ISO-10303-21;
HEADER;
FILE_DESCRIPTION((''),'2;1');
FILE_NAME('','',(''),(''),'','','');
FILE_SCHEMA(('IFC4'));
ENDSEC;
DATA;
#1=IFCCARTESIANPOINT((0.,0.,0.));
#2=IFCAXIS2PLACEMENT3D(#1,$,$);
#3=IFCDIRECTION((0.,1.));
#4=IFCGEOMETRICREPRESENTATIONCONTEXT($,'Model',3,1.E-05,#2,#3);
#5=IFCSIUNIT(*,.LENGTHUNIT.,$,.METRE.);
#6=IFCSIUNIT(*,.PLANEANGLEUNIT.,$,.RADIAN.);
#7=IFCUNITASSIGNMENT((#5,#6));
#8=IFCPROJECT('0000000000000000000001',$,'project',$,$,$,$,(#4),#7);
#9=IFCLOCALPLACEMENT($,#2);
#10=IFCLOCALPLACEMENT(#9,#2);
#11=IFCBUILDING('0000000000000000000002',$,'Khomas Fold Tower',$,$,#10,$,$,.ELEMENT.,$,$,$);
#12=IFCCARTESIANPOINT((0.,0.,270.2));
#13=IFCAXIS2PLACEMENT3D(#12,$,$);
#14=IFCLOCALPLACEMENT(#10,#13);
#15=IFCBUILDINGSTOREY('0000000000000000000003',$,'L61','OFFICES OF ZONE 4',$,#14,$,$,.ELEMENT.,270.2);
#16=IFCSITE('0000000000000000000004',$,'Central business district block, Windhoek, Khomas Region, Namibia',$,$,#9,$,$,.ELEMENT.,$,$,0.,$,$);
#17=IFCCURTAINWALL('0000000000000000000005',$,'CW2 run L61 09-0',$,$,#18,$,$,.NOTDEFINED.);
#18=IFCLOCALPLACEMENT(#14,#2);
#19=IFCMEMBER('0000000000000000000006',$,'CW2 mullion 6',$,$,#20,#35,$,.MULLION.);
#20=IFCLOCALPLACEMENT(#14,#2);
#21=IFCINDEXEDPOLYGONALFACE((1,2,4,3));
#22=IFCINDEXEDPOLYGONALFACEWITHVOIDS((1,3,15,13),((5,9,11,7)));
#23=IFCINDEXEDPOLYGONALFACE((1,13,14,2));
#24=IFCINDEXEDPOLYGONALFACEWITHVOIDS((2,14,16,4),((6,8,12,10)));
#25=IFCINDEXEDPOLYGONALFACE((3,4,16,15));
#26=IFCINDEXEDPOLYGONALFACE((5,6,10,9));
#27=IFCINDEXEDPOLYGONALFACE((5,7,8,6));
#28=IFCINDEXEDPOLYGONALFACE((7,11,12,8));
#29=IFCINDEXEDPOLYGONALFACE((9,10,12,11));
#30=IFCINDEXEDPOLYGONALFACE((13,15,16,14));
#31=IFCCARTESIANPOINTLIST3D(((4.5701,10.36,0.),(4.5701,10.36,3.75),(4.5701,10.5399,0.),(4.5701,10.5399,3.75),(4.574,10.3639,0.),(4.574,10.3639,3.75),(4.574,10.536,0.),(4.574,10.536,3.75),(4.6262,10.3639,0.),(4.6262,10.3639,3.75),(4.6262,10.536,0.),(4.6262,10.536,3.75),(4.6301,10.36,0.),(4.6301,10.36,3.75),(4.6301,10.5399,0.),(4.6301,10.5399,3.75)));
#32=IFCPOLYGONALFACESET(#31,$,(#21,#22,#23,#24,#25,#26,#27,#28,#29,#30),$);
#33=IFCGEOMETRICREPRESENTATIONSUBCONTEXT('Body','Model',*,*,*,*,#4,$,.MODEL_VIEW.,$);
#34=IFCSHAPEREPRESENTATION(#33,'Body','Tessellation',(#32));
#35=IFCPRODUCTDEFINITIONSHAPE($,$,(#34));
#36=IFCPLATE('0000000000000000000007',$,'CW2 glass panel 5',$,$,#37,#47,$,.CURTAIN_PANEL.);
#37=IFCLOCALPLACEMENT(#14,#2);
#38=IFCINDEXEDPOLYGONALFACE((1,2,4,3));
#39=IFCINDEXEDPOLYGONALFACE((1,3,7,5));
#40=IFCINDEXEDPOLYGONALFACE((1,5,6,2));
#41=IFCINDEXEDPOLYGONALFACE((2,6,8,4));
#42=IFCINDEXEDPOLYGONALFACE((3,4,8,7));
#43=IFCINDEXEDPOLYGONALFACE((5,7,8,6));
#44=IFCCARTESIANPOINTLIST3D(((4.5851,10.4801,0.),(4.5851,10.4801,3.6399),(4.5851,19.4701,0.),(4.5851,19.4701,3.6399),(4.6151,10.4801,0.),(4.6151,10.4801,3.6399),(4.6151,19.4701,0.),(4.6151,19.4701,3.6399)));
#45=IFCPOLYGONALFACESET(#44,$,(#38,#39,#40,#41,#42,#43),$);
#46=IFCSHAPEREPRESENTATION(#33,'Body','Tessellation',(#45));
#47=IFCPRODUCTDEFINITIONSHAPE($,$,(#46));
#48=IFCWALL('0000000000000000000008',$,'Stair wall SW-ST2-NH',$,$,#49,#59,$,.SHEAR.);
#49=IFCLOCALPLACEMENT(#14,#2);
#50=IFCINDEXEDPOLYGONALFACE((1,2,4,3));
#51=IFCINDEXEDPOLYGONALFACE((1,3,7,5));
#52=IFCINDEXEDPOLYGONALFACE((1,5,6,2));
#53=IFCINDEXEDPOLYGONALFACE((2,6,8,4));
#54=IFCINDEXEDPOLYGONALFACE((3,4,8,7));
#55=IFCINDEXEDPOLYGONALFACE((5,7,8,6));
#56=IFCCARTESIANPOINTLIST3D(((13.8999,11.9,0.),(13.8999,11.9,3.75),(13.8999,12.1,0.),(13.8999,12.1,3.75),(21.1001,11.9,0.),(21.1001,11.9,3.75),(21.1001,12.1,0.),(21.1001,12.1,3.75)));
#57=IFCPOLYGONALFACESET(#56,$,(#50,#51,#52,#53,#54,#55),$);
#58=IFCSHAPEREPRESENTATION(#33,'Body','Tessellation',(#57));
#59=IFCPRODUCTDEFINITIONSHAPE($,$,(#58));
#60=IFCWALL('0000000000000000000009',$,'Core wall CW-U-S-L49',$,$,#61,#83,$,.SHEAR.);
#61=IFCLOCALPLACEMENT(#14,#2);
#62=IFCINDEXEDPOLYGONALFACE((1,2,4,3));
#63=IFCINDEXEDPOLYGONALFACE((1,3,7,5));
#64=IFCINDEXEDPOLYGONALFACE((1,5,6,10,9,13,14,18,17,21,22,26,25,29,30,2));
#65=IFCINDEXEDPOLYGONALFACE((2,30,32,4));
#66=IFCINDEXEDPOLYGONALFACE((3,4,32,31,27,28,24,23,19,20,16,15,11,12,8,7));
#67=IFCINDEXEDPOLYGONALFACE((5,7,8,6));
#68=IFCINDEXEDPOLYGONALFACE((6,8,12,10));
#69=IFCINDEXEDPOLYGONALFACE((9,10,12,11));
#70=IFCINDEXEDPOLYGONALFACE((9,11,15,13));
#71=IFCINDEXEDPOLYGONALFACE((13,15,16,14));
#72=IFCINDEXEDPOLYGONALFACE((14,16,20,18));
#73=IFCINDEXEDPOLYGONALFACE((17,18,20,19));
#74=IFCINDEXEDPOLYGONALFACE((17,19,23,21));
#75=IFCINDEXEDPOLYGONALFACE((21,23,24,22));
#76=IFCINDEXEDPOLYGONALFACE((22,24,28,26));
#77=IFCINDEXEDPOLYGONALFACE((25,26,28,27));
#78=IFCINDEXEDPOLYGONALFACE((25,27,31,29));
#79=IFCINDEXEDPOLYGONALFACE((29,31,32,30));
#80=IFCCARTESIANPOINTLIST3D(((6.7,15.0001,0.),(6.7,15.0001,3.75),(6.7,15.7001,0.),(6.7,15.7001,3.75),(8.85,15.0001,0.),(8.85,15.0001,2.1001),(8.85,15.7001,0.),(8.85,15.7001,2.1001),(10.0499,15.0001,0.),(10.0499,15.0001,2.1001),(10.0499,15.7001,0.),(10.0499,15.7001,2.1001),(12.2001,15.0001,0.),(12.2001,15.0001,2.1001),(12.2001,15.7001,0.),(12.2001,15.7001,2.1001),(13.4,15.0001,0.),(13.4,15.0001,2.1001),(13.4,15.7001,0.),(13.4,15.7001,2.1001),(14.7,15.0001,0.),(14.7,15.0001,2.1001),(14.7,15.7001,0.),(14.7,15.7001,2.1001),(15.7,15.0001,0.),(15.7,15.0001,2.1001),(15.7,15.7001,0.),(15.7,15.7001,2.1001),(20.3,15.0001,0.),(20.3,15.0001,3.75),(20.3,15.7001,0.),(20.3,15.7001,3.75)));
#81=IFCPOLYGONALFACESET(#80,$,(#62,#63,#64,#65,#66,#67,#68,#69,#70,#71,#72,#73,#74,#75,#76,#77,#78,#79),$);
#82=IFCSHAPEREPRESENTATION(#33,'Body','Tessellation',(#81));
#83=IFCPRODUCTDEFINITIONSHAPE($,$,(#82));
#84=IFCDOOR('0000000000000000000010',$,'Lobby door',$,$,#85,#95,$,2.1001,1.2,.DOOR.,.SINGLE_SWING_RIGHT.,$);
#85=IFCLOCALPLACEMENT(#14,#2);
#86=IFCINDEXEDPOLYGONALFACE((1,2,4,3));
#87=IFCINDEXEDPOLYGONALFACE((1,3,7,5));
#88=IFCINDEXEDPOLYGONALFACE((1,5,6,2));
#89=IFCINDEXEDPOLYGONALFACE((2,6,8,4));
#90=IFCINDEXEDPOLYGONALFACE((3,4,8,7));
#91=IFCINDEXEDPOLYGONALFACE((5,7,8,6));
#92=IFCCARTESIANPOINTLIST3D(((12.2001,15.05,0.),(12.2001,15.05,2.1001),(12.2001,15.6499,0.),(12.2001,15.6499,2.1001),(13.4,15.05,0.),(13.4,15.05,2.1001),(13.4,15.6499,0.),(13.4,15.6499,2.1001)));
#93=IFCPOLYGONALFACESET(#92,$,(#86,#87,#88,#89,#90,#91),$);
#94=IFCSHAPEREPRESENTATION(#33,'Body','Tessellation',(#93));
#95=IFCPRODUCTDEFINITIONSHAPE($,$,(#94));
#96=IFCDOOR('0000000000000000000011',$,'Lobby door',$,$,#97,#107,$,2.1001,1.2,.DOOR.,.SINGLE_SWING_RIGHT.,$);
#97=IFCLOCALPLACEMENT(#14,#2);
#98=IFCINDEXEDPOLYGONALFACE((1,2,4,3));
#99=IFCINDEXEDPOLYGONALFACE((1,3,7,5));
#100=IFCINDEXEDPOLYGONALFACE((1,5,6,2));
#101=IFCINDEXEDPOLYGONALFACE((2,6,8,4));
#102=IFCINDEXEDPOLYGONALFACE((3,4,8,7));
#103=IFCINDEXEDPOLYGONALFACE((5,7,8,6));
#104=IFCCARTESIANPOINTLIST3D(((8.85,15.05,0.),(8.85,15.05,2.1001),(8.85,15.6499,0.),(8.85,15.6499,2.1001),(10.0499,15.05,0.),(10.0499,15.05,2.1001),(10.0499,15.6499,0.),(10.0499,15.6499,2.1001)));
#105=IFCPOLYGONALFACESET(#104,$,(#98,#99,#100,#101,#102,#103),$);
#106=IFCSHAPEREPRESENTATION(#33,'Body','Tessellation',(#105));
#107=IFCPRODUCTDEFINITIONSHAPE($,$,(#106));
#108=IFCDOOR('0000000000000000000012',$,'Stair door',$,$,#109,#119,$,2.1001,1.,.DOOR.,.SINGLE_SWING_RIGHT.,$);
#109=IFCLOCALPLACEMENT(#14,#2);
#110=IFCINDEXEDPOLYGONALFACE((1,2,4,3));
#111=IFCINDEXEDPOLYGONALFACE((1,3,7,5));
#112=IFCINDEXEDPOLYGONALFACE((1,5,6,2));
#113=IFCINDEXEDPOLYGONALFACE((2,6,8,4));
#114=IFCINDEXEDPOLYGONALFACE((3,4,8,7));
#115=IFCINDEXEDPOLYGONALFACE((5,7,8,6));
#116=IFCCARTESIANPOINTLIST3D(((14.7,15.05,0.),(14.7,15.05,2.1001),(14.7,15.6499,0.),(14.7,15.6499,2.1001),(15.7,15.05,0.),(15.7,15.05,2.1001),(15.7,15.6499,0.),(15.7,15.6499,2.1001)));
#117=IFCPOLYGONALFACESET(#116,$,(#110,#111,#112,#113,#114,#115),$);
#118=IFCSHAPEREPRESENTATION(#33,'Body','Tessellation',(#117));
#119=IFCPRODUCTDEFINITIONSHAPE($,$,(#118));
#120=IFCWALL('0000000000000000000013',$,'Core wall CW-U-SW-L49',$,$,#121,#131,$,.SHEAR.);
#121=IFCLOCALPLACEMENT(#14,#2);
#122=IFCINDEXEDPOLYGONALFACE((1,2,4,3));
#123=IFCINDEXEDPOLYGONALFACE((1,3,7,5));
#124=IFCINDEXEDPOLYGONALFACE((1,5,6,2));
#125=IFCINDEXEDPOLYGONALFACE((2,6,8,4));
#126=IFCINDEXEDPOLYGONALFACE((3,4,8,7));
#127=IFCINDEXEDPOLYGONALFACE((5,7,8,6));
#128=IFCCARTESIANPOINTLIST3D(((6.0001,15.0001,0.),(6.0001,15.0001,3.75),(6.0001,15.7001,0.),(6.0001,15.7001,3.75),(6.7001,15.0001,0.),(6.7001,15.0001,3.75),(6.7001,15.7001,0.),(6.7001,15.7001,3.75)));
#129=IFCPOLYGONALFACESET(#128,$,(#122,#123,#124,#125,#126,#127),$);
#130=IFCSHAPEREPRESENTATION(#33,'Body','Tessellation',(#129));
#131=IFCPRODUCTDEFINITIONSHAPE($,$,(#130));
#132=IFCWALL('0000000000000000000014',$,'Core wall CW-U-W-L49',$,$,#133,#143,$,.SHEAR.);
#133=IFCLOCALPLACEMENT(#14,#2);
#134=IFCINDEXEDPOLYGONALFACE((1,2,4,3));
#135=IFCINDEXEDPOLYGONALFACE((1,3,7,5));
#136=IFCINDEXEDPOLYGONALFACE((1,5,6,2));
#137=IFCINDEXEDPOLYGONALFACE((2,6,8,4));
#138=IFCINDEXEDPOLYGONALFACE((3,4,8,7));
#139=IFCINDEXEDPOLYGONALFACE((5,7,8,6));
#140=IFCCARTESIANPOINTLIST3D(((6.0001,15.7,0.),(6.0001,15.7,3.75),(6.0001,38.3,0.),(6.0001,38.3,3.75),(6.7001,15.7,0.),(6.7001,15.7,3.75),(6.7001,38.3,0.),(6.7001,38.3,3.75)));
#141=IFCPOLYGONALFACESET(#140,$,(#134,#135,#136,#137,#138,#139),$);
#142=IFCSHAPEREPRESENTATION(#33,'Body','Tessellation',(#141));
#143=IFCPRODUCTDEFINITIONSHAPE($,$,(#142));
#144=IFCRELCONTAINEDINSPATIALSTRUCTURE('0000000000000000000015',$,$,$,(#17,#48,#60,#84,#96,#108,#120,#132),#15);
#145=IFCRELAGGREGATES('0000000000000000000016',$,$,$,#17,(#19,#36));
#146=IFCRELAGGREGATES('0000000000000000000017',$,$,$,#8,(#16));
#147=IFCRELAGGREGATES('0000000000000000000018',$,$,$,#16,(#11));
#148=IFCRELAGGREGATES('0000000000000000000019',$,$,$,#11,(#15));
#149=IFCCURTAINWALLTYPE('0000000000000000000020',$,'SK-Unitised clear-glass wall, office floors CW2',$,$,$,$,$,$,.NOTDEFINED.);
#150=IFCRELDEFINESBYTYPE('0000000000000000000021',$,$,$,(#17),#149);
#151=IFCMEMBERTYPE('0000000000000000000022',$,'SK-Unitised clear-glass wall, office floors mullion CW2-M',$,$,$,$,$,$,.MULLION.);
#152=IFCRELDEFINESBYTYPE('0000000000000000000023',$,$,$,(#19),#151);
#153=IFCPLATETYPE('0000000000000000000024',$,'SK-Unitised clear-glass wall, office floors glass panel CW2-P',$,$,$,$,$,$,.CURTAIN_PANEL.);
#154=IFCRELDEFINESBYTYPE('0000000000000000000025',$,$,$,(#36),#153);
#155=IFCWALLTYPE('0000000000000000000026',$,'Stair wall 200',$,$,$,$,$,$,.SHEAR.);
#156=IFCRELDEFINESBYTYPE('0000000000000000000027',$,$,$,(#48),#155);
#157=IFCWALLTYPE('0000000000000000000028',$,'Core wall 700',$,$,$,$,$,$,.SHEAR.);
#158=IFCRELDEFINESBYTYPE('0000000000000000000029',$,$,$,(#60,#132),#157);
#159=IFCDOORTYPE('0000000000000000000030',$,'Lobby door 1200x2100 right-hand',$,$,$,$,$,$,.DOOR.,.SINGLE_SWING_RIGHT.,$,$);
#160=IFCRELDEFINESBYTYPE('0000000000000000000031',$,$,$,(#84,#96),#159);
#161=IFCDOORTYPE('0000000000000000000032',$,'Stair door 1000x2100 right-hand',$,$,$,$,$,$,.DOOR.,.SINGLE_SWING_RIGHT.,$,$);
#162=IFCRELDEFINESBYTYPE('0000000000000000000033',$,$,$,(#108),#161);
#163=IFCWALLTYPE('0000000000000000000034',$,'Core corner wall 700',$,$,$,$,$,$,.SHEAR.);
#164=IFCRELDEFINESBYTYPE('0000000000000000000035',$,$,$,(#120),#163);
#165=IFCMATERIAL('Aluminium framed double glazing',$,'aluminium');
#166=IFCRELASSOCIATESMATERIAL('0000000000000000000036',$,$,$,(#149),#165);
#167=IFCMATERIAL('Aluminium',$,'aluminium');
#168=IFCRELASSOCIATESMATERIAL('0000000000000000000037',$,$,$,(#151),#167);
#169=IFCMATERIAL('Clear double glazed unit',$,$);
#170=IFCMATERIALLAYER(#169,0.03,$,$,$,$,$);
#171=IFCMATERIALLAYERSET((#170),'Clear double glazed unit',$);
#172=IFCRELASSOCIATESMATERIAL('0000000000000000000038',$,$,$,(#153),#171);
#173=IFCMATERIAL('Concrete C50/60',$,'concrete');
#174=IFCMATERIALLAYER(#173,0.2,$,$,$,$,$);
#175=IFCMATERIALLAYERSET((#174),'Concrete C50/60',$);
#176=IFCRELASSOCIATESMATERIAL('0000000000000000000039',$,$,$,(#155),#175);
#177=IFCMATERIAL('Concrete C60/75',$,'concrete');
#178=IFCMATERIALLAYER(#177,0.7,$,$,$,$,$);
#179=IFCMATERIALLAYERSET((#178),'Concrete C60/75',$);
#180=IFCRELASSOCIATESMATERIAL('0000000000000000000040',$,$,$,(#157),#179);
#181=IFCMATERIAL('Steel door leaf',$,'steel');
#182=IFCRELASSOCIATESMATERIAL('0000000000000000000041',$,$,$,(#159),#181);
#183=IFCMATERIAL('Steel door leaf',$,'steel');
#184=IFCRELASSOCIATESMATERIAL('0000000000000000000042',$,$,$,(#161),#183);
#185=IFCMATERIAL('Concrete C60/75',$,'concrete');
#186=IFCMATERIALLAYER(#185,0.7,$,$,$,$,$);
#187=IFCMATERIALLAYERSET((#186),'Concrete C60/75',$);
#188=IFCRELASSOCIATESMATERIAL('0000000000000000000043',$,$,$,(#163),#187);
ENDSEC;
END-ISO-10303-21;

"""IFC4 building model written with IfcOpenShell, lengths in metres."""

from ifc_helpers import new_model, si_unit, direction, frame, frame_2d, origin, origin_2d, place, context, subcontext, project, spatial, rectangle, hollow_rectangle, extrude, source, transform, mapped, material, layer, layer_set, material_profile, profile_set, type_object, element, fill, aggregate, save


model = new_model("IFC4")

# Units and contexts
model_context = context("Model", 3, precision=1e-05, world=origin(), true_north=direction((0.0, 1.0)))
body_context = subcontext(model_context, "Body", "Model", "MODEL_VIEW")
ifc_project = project(units=[si_unit("LENGTHUNIT", "METRE"), si_unit("PLANEANGLEUNIT", "RADIAN")], contexts=[model_context])

# Site, building, storey
site_placement = place(None, origin())
site = spatial("IfcSite", under=ifc_project, at=site_placement, Name="Central business district block, Windhoek, Khomas Region, Namibia", CompositionType="ELEMENT", RefElevation=0.0)
building_placement = place(site_placement, origin())
building = spatial("IfcBuilding", under=site, at=building_placement, Name="Khomas Fold Tower", CompositionType="ELEMENT")
storey_placement = place(building_placement, frame((0.0, 0.0, 270.2)))
storey = spatial("IfcBuildingStorey", under=building, at=storey_placement, Name="L61", Description="OFFICES OF ZONE 4", CompositionType="ELEMENT", Elevation=270.2)

# Curtain wall, member, plate
ifc_material_1 = material(Name="Aluminium framed double glazing", Category="aluminium")
curtain_wall_type = type_object("IfcCurtainWallType", Name="SK-Unitised clear-glass wall, office floors CW2", PredefinedType="NOTDEFINED", material=ifc_material_1)
curtain_wall_placement = place(storey_placement, origin())
curtain_wall = element("IfcCurtainWall", 1, at=curtain_wall_placement, inside=storey, type_object=curtain_wall_type, Name="CW2 run L61 09-0", PredefinedType="NOTDEFINED")
ifc_material_2 = material(Name="Aluminium", Category="aluminium")
ifc_material_profile_1 = material_profile(ifc_material_2, hollow_rectangle(XDim=0.0601, YDim=0.1799, WallThickness=0.0039, at=origin_2d()), Name="SK-Unitised clear-glass wall, office floors mullion CW2-M")
ifc_profile_set_1 = profile_set([ifc_material_profile_1], Name="Aluminium")
member_type = type_object("IfcMemberType", Name="SK-Unitised clear-glass wall, office floors mullion CW2-M", PredefinedType="MULLION", material=ifc_profile_set_1)
shared_shape_1 = source(origin(), body_context, "Body", "SweptSolid", [
    extrude(hollow_rectangle(XDim=0.0601, YDim=0.1799, WallThickness=0.0039, at=origin_2d()), origin(), (0.0, 0.0, 1.0), 3.75),
])
member_placement = place(storey_placement, frame((4.6001, 10.45, 0.0), z_axis=(0.0, 0.0, 1.0), x_axis=(1.0, 0.0, 0.0)))
member = element("IfcMember", 2, at=member_placement, type_object=member_type, Name="CW2 mullion 6", PredefinedType="MULLION", context=body_context, shape_type="MappedRepresentation", body=[
    mapped(shared_shape_1, transform((0.0, 0.0, 0.0))),
])
ifc_material_3 = material(Name="Clear double glazed unit")
ifc_layer_1 = layer(ifc_material_3, 0.03)
ifc_layer_set_1 = layer_set([ifc_layer_1], Name="Clear double glazed unit")
plate_type = type_object("IfcPlateType", Name="SK-Unitised clear-glass wall, office floors glass panel CW2-P", PredefinedType="CURTAIN_PANEL", material=ifc_layer_set_1)
shared_shape_2 = source(origin(), body_context, "Body", "SweptSolid", [
    extrude(rectangle(XDim=8.99, YDim=0.03, at=origin_2d()), origin(), (0.0, 0.0, 1.0), 3.6399),
])
plate_placement = place(storey_placement, frame((4.6001, 14.9751, 0.0), z_axis=(0.0, 0.0, 1.0), x_axis=(0.0, -1.0, 0.0)))
plate = element("IfcPlate", 3, at=plate_placement, type_object=plate_type, Name="CW2 glass panel 5", PredefinedType="CURTAIN_PANEL", context=body_context, shape_type="MappedRepresentation", body=[
    mapped(shared_shape_2, transform((0.0, 0.0, 0.0))),
])
aggregate(curtain_wall, [member, plate])

# Wall
ifc_material_4 = material(Name="Concrete C50/60", Category="concrete")
ifc_layer_2 = layer(ifc_material_4, 0.2)
ifc_layer_set_2 = layer_set([ifc_layer_2], Name="Concrete C50/60")
wall_type_1 = type_object("IfcWallType", Name="Stair wall 200", PredefinedType="SHEAR", material=ifc_layer_set_2)
shared_shape_3 = source(origin(), body_context, "Body", "SweptSolid", [
    extrude(rectangle(XDim=7.2002, YDim=0.2, at=frame_2d((3.6001, 0.0))), origin(), (0.0, 0.0, 1.0), 3.75),
])
wall_1_placement = place(storey_placement, frame((13.8999, 12.0, 0.0), z_axis=(0.0, 0.0, 1.0), x_axis=(1.0, 0.0, 0.0)))
element("IfcWall", 4, at=wall_1_placement, inside=storey, type_object=wall_type_1, Name="Stair wall SW-ST2-NH", PredefinedType="SHEAR", context=body_context, shape_type="MappedRepresentation", body=[
    mapped(shared_shape_3, transform((0.0, 0.0, 0.0))),
])

# Wall, openings, doors
ifc_material_5 = material(Name="Concrete C60/75", Category="concrete")
ifc_layer_3 = layer(ifc_material_5, 0.7)
ifc_layer_set_3 = layer_set([ifc_layer_3], Name="Concrete C60/75")
wall_type_2 = type_object("IfcWallType", Name="Core wall 700", PredefinedType="SHEAR", material=ifc_layer_set_3)
shared_shape_4 = source(origin(), body_context, "Body", "SweptSolid", [
    extrude(rectangle(XDim=13.6001, YDim=0.7, at=frame_2d((6.8, 0.0))), origin(), (0.0, 0.0, 1.0), 3.75),
])
wall_2_placement = place(storey_placement, frame((6.7, 15.3501, 0.0), z_axis=(0.0, 0.0, 1.0), x_axis=(1.0, 0.0, 0.0)))
wall_2 = element("IfcWall", 5, at=wall_2_placement, inside=storey, type_object=wall_type_2, Name="Core wall CW-U-S-L49", PredefinedType="SHEAR", context=body_context, shape_type="MappedRepresentation", body=[
    mapped(shared_shape_4, transform((0.0, 0.0, 0.0))),
])
shared_shape_5 = source(origin(), body_context, "Body", "SweptSolid", [
    extrude(rectangle(XDim=1.2, YDim=2.1001, at=frame_2d((0.6001, 1.05))), frame((0.0, 0.3599, 0.0), z_axis=(0.0, -1.0, 0.0), x_axis=(1.0, 0.0, 0.0)), (0.0, 0.0, 1.0), 0.72),
])
opening_1_placement = place(wall_2_placement, frame((5.5, 0.0, 0.0)))
opening_1 = element("IfcOpeningElement", 6, at=opening_1_placement, cuts=wall_2, PredefinedType="OPENING", context=body_context, shape_type="MappedRepresentation", body=[
    mapped(shared_shape_5, transform((0.0, 0.0, 0.0))),
])
opening_2_placement = place(wall_2_placement, frame((2.1499, 0.0, 0.0)))
opening_2 = element("IfcOpeningElement", 7, at=opening_2_placement, cuts=wall_2, PredefinedType="OPENING", context=body_context, shape_type="MappedRepresentation", body=[
    mapped(shared_shape_5, transform((0.0, 0.0, 0.0))),
])
shared_shape_6 = source(origin(), body_context, "Body", "SweptSolid", [
    extrude(rectangle(XDim=1.0, YDim=2.1001, at=frame_2d((0.5, 1.05))), frame((0.0, 0.3599, 0.0), z_axis=(0.0, -1.0, 0.0), x_axis=(1.0, 0.0, 0.0)), (0.0, 0.0, 1.0), 0.72),
])
opening_3_placement = place(wall_2_placement, frame((8.0, 0.0, 0.0)))
opening_3 = element("IfcOpeningElement", 8, at=opening_3_placement, cuts=wall_2, PredefinedType="OPENING", context=body_context, shape_type="MappedRepresentation", body=[
    mapped(shared_shape_6, transform((0.0, 0.0, 0.0))),
])
ifc_material_6 = material(Name="Steel door leaf", Category="steel")
door_type_1 = type_object("IfcDoorType", Name="Lobby door 1200x2100 right-hand", OperationType="SINGLE_SWING_RIGHT", PredefinedType="DOOR", material=ifc_material_6)
shared_shape_7 = source(origin(), body_context, "Body", "SweptSolid", [
    extrude(rectangle(XDim=1.2, YDim=2.1001, at=frame_2d((0.6001, 1.05))), frame((0.0, 0.2998, 0.0), z_axis=(0.0, -1.0, 0.0), x_axis=(1.0, 0.0, 0.0)), (0.0, 0.0, 1.0), 0.5999),
])
door_1_placement = place(opening_1_placement, origin())
door_1 = element("IfcDoor", 9, at=door_1_placement, inside=storey, type_object=door_type_1, Name="Lobby door", OperationType="SINGLE_SWING_RIGHT", OverallHeight=2.1001, OverallWidth=1.2, PredefinedType="DOOR", context=body_context, shape_type="MappedRepresentation", body=[
    mapped(shared_shape_7, transform((0.0, 0.0, 0.0))),
])
fill(opening_1, door_1)
door_2_placement = place(opening_2_placement, origin())
door_2 = element("IfcDoor", 10, at=door_2_placement, inside=storey, type_object=door_type_1, Name="Lobby door", OperationType="SINGLE_SWING_RIGHT", OverallHeight=2.1001, OverallWidth=1.2, PredefinedType="DOOR", context=body_context, shape_type="MappedRepresentation", body=[
    mapped(shared_shape_7, transform((0.0, 0.0, 0.0))),
])
fill(opening_2, door_2)
ifc_material_7 = material(Name="Steel door leaf", Category="steel")
door_type_2 = type_object("IfcDoorType", Name="Stair door 1000x2100 right-hand", OperationType="SINGLE_SWING_RIGHT", PredefinedType="DOOR", material=ifc_material_7)
shared_shape_8 = source(origin(), body_context, "Body", "SweptSolid", [
    extrude(rectangle(XDim=1.0, YDim=2.1001, at=frame_2d((0.5, 1.05))), frame((0.0, 0.2998, 0.0), z_axis=(0.0, -1.0, 0.0), x_axis=(1.0, 0.0, 0.0)), (0.0, 0.0, 1.0), 0.5999),
])
door_3_placement = place(opening_3_placement, origin())
door_3 = element("IfcDoor", 11, at=door_3_placement, inside=storey, type_object=door_type_2, Name="Stair door", OperationType="SINGLE_SWING_RIGHT", OverallHeight=2.1001, OverallWidth=1.0, PredefinedType="DOOR", context=body_context, shape_type="MappedRepresentation", body=[
    mapped(shared_shape_8, transform((0.0, 0.0, 0.0))),
])
fill(opening_3, door_3)

# Walls
ifc_material_8 = material(Name="Concrete C60/75", Category="concrete")
ifc_layer_4 = layer(ifc_material_8, 0.7)
ifc_layer_set_4 = layer_set([ifc_layer_4], Name="Concrete C60/75")
wall_type_3 = type_object("IfcWallType", Name="Core corner wall 700", PredefinedType="SHEAR", material=ifc_layer_set_4)
shared_shape_9 = source(origin(), body_context, "Body", "SweptSolid", [
    extrude(rectangle(XDim=0.7, YDim=0.7, at=frame_2d((0.3501, 0.0))), origin(), (0.0, 0.0, 1.0), 3.75),
])
wall_3_placement = place(storey_placement, frame((6.0, 15.3501, 0.0), z_axis=(0.0, 0.0, 1.0), x_axis=(1.0, 0.0, 0.0)))
element("IfcWall", 12, at=wall_3_placement, inside=storey, type_object=wall_type_3, Name="Core wall CW-U-SW-L49", PredefinedType="SHEAR", context=body_context, shape_type="MappedRepresentation", body=[
    mapped(shared_shape_9, transform((0.0, 0.0, 0.0))),
])
shared_shape_10 = source(origin(), body_context, "Body", "SweptSolid", [
    extrude(rectangle(XDim=22.6001, YDim=0.7, at=frame_2d((11.3, 0.0))), origin(), (0.0, 0.0, 1.0), 3.75),
])
wall_4_placement = place(storey_placement, frame((6.3501, 15.7, 0.0), z_axis=(0.0, 0.0, 1.0), x_axis=(0.0, 1.0, 0.0)))
element("IfcWall", 13, at=wall_4_placement, inside=storey, type_object=wall_type_2, Name="Core wall CW-U-W-L49", PredefinedType="SHEAR", context=body_context, shape_type="MappedRepresentation", body=[
    mapped(shared_shape_10, transform((0.0, 0.0, 0.0))),
])

save(model, "model.ifc")
